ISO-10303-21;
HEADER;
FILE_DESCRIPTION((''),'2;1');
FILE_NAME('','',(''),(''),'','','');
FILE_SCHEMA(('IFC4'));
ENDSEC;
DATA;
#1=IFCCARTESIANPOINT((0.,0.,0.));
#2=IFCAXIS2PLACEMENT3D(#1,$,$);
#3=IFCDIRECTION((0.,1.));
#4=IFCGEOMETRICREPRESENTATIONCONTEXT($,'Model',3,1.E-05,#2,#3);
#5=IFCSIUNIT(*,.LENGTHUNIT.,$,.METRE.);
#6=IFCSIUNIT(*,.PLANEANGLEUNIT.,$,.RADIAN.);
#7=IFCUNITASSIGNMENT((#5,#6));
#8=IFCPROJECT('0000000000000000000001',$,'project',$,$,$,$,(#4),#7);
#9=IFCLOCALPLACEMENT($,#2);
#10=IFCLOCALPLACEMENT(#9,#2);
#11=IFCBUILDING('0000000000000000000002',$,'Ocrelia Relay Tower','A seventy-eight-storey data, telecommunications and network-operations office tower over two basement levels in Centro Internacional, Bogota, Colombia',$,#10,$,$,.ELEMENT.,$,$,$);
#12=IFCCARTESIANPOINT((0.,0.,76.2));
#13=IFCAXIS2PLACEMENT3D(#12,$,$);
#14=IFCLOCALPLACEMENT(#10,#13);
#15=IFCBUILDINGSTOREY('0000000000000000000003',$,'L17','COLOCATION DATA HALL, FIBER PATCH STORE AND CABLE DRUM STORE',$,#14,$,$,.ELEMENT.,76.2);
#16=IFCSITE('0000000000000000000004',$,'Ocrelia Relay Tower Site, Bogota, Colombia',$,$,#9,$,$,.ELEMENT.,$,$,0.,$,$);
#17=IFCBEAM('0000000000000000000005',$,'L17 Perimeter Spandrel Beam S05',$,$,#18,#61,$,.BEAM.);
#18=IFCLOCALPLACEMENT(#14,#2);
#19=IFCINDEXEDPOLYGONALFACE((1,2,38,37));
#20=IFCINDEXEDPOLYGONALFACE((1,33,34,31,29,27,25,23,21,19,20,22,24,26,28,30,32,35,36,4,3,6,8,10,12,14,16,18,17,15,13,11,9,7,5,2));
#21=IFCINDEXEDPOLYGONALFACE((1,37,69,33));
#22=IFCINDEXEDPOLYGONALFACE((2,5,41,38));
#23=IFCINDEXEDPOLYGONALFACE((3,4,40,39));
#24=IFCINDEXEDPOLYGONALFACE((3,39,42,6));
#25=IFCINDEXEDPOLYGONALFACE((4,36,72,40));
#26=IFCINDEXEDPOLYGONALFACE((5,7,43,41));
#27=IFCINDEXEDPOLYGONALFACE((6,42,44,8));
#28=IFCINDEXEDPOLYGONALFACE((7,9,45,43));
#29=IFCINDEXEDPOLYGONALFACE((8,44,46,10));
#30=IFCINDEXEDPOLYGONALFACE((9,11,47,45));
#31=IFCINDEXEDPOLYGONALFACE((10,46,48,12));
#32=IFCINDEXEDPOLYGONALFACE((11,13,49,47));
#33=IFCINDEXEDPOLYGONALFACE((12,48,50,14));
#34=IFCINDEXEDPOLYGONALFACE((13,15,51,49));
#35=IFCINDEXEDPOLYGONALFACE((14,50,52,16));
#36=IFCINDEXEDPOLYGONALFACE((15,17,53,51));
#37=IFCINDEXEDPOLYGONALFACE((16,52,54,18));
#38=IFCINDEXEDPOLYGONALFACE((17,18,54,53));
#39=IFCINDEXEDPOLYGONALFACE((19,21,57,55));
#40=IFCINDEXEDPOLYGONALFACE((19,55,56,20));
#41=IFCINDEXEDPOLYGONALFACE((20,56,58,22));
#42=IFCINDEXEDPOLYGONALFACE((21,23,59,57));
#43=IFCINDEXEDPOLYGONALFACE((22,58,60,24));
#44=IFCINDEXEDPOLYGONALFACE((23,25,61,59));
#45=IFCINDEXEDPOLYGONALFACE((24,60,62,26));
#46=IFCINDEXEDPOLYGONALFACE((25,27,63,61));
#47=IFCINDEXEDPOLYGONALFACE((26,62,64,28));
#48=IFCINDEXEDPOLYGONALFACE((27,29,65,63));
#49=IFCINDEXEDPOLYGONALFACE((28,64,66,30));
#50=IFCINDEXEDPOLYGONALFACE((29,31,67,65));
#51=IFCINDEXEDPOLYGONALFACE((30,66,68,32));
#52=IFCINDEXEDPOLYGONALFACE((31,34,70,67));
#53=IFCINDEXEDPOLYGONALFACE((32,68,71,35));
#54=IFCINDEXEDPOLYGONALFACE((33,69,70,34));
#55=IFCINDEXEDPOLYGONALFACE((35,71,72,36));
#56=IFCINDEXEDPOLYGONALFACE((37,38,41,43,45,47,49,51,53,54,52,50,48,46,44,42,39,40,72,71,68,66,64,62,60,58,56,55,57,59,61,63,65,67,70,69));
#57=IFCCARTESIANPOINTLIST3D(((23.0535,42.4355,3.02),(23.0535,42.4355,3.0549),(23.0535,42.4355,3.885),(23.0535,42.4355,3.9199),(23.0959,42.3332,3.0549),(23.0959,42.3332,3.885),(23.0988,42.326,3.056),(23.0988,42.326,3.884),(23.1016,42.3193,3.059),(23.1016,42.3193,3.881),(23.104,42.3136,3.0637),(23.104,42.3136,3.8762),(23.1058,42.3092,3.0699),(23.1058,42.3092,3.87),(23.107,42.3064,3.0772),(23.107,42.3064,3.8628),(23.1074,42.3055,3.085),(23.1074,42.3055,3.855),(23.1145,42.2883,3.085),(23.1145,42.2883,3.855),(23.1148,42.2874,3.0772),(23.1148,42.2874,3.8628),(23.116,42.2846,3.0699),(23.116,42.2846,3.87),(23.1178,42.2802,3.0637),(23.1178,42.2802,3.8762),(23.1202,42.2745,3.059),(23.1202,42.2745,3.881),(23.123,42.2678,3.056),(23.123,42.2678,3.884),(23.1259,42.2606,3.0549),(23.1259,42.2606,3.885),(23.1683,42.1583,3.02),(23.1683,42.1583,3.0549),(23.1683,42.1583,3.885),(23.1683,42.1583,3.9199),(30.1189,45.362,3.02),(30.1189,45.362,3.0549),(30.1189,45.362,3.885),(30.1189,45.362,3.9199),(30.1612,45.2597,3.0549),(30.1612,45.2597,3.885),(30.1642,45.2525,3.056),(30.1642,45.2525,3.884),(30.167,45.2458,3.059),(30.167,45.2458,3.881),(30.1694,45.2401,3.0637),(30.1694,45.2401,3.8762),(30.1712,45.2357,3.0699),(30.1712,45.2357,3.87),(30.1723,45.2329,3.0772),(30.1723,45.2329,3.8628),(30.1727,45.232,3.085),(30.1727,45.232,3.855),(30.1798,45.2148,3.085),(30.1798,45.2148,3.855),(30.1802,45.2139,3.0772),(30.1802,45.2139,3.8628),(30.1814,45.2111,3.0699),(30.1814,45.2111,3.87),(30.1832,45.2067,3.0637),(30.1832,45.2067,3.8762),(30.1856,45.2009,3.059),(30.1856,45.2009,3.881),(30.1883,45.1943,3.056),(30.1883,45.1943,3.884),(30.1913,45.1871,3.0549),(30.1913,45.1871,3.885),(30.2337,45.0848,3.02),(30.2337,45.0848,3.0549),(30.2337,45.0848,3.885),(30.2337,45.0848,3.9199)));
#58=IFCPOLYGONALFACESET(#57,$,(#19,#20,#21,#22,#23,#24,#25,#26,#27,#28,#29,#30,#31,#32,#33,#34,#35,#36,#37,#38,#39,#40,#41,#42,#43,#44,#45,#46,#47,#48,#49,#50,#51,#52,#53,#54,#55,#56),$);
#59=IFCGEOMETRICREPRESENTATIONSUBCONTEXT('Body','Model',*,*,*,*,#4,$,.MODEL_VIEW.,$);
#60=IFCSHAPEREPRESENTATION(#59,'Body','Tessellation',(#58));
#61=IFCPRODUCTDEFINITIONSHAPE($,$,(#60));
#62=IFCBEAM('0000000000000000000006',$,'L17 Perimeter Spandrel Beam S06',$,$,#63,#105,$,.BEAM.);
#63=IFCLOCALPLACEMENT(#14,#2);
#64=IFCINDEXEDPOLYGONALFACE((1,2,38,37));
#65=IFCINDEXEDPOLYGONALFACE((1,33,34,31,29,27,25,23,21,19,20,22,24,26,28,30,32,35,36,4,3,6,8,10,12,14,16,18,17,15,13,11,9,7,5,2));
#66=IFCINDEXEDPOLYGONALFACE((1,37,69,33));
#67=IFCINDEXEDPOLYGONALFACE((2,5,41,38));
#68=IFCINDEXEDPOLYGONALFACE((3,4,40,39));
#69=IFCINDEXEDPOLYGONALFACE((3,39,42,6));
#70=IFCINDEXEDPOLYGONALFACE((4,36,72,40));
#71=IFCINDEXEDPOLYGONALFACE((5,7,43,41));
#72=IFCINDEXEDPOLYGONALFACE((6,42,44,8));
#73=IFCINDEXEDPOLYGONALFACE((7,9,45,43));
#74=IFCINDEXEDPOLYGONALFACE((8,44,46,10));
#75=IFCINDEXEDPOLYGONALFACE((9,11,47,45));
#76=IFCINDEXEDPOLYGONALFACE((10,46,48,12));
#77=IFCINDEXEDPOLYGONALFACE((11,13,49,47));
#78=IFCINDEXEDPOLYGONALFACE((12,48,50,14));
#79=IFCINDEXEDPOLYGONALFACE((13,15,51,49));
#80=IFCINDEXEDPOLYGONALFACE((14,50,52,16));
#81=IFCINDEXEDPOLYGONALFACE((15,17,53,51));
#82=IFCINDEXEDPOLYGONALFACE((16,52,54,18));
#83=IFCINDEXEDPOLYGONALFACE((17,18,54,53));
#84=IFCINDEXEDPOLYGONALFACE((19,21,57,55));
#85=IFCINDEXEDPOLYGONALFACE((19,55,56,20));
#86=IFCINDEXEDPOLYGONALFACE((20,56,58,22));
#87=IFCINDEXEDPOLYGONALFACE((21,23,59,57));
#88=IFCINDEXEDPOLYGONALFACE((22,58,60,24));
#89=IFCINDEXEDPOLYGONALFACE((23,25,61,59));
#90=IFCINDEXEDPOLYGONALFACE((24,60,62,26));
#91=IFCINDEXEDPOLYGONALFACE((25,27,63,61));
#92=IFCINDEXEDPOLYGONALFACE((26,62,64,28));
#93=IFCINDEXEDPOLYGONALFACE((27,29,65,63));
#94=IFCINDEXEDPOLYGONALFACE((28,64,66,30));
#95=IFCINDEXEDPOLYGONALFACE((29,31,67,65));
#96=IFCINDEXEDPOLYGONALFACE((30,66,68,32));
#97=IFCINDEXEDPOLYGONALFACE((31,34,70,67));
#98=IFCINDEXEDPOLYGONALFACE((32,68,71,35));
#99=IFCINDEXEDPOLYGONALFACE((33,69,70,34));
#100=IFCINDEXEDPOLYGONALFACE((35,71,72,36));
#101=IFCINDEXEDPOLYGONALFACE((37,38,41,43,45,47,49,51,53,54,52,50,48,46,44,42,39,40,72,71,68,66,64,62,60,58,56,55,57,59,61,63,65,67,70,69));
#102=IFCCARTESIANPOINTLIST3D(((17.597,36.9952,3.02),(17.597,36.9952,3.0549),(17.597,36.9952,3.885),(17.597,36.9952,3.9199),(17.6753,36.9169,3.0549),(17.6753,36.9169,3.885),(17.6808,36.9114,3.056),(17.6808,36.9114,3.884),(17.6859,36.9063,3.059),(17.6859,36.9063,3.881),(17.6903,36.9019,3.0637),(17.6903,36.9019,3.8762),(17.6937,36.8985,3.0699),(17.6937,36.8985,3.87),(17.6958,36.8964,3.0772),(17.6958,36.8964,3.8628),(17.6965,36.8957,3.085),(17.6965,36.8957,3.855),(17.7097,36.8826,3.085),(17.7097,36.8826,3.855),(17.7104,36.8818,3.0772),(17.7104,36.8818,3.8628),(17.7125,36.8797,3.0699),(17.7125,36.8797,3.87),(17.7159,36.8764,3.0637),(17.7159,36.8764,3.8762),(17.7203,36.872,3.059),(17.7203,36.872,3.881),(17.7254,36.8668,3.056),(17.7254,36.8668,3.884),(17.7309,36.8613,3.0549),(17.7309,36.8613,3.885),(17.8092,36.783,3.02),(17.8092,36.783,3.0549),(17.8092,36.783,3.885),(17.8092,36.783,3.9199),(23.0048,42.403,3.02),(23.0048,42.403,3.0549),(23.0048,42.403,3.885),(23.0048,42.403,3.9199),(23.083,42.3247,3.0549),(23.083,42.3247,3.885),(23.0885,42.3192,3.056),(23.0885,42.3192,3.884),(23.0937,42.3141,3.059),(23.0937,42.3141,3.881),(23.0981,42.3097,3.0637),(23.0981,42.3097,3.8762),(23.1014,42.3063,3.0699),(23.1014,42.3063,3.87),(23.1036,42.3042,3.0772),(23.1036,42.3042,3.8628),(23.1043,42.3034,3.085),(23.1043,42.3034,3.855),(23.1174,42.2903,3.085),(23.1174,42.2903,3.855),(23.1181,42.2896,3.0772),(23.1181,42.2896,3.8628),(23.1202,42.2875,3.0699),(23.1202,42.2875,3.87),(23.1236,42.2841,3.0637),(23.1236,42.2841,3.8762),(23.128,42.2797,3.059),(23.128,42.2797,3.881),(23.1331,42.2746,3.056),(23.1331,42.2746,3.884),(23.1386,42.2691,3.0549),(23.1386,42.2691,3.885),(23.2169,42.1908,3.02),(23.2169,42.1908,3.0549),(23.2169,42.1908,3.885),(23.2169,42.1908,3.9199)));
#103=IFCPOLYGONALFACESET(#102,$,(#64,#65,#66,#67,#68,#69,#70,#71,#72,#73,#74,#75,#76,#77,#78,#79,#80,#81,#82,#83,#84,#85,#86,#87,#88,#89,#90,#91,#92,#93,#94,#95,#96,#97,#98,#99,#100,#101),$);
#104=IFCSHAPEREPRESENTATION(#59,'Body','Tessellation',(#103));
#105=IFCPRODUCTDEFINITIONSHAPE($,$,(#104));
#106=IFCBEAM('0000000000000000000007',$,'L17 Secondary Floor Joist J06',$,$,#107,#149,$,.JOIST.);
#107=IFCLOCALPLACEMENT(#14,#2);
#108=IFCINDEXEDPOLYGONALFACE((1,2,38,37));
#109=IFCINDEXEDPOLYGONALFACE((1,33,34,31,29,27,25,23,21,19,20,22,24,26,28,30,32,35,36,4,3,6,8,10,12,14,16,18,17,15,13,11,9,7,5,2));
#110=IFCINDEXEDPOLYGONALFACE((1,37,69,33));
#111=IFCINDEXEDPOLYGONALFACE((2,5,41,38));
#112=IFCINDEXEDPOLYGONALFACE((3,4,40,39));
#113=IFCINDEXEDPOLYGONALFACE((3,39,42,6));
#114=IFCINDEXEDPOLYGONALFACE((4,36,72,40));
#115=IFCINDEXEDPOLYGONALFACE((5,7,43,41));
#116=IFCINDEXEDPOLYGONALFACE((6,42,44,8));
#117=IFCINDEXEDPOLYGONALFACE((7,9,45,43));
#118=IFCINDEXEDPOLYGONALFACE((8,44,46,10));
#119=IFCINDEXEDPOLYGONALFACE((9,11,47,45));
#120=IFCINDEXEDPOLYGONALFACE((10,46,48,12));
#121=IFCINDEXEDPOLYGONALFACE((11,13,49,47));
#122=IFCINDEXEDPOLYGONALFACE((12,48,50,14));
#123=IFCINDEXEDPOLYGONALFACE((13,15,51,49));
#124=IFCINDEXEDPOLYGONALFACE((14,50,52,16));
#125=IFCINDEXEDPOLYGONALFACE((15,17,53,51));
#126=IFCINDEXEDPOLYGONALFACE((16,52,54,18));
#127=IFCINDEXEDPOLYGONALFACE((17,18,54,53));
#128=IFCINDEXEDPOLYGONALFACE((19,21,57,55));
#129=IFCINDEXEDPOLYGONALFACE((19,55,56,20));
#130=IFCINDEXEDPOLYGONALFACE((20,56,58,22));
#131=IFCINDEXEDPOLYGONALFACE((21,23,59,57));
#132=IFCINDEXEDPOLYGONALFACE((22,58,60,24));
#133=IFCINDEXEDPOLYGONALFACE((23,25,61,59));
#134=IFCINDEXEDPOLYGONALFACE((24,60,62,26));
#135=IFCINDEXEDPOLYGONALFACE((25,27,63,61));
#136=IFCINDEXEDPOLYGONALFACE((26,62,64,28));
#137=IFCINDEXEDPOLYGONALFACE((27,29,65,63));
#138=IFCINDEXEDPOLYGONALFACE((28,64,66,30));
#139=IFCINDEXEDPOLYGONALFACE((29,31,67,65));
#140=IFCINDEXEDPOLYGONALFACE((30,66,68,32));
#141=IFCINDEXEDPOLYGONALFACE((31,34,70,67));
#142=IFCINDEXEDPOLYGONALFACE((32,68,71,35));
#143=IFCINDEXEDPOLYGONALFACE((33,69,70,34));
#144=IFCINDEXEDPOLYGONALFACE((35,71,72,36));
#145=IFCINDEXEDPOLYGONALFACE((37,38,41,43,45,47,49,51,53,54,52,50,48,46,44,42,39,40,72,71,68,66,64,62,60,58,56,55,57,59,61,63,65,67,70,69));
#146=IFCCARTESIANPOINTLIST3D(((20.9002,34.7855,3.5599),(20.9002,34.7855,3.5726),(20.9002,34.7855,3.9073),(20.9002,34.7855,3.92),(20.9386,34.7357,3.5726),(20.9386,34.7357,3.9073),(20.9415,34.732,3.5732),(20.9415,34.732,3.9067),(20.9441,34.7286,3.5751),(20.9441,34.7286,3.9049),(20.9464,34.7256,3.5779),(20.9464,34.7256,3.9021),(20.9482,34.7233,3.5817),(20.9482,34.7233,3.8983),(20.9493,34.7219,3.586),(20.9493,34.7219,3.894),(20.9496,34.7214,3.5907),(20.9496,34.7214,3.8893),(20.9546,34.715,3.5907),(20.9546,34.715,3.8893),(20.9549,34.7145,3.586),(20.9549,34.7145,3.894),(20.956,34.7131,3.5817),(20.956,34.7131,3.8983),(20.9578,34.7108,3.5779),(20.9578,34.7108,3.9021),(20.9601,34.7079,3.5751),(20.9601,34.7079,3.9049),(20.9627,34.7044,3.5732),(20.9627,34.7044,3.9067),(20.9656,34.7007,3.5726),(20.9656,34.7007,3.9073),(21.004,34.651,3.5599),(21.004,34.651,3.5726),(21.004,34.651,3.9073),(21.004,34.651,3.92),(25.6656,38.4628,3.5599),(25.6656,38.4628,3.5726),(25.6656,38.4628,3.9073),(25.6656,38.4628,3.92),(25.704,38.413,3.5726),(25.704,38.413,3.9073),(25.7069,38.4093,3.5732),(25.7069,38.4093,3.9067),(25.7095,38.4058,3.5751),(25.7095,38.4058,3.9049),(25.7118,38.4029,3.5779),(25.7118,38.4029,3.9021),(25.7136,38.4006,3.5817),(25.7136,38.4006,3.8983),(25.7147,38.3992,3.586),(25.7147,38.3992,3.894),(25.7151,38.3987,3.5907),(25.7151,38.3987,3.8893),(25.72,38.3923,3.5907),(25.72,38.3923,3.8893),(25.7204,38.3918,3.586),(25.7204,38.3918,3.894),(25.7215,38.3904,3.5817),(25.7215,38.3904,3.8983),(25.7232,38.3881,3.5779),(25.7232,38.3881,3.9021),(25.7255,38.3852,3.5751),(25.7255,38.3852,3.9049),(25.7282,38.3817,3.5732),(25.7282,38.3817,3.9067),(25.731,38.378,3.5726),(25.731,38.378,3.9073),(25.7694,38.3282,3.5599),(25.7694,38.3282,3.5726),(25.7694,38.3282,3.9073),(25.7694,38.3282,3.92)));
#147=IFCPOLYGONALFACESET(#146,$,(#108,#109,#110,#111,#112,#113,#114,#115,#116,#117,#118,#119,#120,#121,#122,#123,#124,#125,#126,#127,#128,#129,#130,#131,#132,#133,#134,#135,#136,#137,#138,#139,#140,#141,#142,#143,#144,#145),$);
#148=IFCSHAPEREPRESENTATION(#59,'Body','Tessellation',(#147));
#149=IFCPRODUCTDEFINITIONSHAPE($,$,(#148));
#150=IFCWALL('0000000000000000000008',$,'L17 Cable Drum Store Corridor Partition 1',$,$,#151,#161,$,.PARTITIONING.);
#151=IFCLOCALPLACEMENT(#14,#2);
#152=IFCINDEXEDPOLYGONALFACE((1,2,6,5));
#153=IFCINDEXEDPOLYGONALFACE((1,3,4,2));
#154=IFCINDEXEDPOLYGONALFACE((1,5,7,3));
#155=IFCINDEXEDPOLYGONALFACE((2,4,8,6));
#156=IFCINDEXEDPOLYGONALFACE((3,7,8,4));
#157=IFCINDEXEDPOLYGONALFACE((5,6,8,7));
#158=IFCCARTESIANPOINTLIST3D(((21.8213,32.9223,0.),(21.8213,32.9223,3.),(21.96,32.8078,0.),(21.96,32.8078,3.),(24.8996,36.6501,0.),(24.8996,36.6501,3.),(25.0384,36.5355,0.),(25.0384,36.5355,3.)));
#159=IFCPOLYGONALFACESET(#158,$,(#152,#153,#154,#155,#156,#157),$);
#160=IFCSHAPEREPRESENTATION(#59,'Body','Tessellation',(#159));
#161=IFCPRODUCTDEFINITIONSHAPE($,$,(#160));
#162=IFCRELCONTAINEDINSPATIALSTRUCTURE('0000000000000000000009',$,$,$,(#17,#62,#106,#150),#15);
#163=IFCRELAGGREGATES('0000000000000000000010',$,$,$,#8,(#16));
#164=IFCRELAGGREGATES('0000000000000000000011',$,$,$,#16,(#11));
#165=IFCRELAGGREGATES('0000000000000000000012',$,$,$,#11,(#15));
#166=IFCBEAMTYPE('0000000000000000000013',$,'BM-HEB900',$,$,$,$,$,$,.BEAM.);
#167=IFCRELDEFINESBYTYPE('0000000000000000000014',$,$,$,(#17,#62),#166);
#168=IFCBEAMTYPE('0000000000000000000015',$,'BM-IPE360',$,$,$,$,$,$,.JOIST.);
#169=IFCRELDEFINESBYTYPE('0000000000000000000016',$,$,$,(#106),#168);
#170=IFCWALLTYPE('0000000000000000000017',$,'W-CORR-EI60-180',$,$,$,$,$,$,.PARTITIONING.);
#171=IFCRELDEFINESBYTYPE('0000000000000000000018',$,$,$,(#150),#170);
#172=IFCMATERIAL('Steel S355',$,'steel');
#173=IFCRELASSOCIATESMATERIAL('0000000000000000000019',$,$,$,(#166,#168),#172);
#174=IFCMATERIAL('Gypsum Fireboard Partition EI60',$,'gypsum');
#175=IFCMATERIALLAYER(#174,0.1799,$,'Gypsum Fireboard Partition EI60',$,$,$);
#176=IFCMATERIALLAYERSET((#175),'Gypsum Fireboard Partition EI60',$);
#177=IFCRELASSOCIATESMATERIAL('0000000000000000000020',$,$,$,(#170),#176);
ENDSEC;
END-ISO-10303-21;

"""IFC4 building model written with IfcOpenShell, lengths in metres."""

from ifc_helpers import new_model, si_unit, direction, frame, frame_2d, origin, origin_2d, place, context, subcontext, project, spatial, rectangle, i_section, extrude, material, layer, layer_set, material_profile, profile_set, type_object, element, save


model = new_model("IFC4")

# Units and contexts
model_context = context("Model", 3, precision=1e-05, world=origin(), true_north=direction((0.0, 1.0)))
body_context = subcontext(model_context, "Body", "Model", "MODEL_VIEW")
ifc_project = project(units=[si_unit("LENGTHUNIT", "METRE"), si_unit("PLANEANGLEUNIT", "RADIAN")], contexts=[model_context])

# Site, building, storey
site_placement = place(None, origin())
site = spatial("IfcSite", under=ifc_project, at=site_placement, Name="Ocrelia Relay Tower Site, Bogota, Colombia", CompositionType="ELEMENT", RefElevation=0.0)
building_placement = place(site_placement, origin())
building = spatial("IfcBuilding", under=site, at=building_placement, Name="Ocrelia Relay Tower", Description="A seventy-eight-storey data, telecommunications and network-operations office tower over two basement levels in Centro Internacional, Bogota, Colombia", CompositionType="ELEMENT")
storey_placement = place(building_placement, frame((0.0, 0.0, 76.2)))
storey = spatial("IfcBuildingStorey", under=building, at=storey_placement, Name="L17", Description="COLOCATION DATA HALL, FIBER PATCH STORE AND CABLE DRUM STORE", CompositionType="ELEMENT", Elevation=76.2)

# Beams
ifc_material_1 = material(Name="Steel S355", Category="steel")
ifc_material_profile_1 = material_profile(ifc_material_1, i_section(OverallWidth=0.3, OverallDepth=0.8999, WebThickness=0.0186, FlangeThickness=0.0349, FilletRadius=0.03, at=origin_2d()), Name="HEB 900")
ifc_profile_set_1 = profile_set([ifc_material_profile_1], Name="Steel S355")
beam_type_1 = type_object("IfcBeamType", Name="BM-HEB900", PredefinedType="BEAM", material=ifc_profile_set_1)
beam_1_placement = place(storey_placement, frame((30.1763, 45.2234, 3.47), z_axis=(-0.923883, -0.382674, 0.0), x_axis=(0.382674, -0.923883, 0.0)))
element("IfcBeam", 1, at=beam_1_placement, inside=storey, type_object=beam_type_1, Name="L17 Perimeter Spandrel Beam S05", PredefinedType="BEAM", context=body_context, shape_type="SweptSolid", body=[
    extrude(i_section(OverallWidth=0.3, OverallDepth=0.8999, WebThickness=0.0186, FlangeThickness=0.0349, FilletRadius=0.03, at=origin_2d()), origin(), (0.0, 0.0, 1.0), 7.6475),
])
beam_2_placement = place(storey_placement, frame((23.1108, 42.2969, 3.47), z_axis=(-0.707107, -0.707107, 0.0), x_axis=(0.707107, -0.707107, 0.0)))
element("IfcBeam", 2, at=beam_2_placement, inside=storey, type_object=beam_type_1, Name="L17 Perimeter Spandrel Beam S06", PredefinedType="BEAM", context=body_context, shape_type="SweptSolid", body=[
    extrude(i_section(OverallWidth=0.3, OverallDepth=0.8999, WebThickness=0.0186, FlangeThickness=0.0349, FilletRadius=0.03, at=origin_2d()), origin(), (0.0, 0.0, 1.0), 7.6477),
])
ifc_material_profile_2 = material_profile(ifc_material_1, i_section(OverallWidth=0.1699, OverallDepth=0.3601, WebThickness=0.0081, FlangeThickness=0.0127, FilletRadius=0.0181, at=origin_2d()), Name="IPE 360")
ifc_profile_set_2 = profile_set([ifc_material_profile_2], Name="Steel S355")
beam_type_2 = type_object("IfcBeamType", Name="BM-IPE360", PredefinedType="JOIST", material=ifc_profile_set_2)
beam_3_placement = place(storey_placement, frame((25.7175, 38.3955, 3.74), z_axis=(-0.791694, -0.610918, 0.0), x_axis=(0.610918, -0.791694, 0.0)))
element("IfcBeam", 3, at=beam_3_placement, inside=storey, type_object=beam_type_2, Name="L17 Secondary Floor Joist J06", PredefinedType="JOIST", context=body_context, shape_type="SweptSolid", body=[
    extrude(i_section(OverallWidth=0.1699, OverallDepth=0.3601, WebThickness=0.0081, FlangeThickness=0.0127, FilletRadius=0.0181, at=origin_2d()), origin(), (0.0, 0.0, 1.0), 6.0193),
])

# Shared definitions
ifc_material_2 = material(Name="Gypsum Fireboard Partition EI60", Category="gypsum")
ifc_layer_1 = layer(ifc_material_2, 0.1799, Name="Gypsum Fireboard Partition EI60")
ifc_layer_set_1 = layer_set([ifc_layer_1], Name="Gypsum Fireboard Partition EI60")
wall_type_1 = type_object("IfcWallType", Name="W-CORR-EI60-180", PredefinedType="PARTITIONING", material=ifc_layer_set_1)

# Wall
wall_1_placement = place(storey_placement, frame((24.969, 36.5928, 0.0), z_axis=(0.0, 0.0, 1.0), x_axis=(-0.636746, -0.771074, 0.0)))
element("IfcWall", 4, at=wall_1_placement, inside=storey, type_object=wall_type_1, Name="L17 Cable Drum Store Corridor Partition 1", PredefinedType="PARTITIONING", context=body_context, shape_type="SweptSolid", body=[
    extrude(rectangle(XDim=4.8345, YDim=0.1799, at=frame_2d((2.4172, 0.0))), origin(), (0.0, 0.0, 1.0), 3.0),
])

save(model, "model.ifc")
